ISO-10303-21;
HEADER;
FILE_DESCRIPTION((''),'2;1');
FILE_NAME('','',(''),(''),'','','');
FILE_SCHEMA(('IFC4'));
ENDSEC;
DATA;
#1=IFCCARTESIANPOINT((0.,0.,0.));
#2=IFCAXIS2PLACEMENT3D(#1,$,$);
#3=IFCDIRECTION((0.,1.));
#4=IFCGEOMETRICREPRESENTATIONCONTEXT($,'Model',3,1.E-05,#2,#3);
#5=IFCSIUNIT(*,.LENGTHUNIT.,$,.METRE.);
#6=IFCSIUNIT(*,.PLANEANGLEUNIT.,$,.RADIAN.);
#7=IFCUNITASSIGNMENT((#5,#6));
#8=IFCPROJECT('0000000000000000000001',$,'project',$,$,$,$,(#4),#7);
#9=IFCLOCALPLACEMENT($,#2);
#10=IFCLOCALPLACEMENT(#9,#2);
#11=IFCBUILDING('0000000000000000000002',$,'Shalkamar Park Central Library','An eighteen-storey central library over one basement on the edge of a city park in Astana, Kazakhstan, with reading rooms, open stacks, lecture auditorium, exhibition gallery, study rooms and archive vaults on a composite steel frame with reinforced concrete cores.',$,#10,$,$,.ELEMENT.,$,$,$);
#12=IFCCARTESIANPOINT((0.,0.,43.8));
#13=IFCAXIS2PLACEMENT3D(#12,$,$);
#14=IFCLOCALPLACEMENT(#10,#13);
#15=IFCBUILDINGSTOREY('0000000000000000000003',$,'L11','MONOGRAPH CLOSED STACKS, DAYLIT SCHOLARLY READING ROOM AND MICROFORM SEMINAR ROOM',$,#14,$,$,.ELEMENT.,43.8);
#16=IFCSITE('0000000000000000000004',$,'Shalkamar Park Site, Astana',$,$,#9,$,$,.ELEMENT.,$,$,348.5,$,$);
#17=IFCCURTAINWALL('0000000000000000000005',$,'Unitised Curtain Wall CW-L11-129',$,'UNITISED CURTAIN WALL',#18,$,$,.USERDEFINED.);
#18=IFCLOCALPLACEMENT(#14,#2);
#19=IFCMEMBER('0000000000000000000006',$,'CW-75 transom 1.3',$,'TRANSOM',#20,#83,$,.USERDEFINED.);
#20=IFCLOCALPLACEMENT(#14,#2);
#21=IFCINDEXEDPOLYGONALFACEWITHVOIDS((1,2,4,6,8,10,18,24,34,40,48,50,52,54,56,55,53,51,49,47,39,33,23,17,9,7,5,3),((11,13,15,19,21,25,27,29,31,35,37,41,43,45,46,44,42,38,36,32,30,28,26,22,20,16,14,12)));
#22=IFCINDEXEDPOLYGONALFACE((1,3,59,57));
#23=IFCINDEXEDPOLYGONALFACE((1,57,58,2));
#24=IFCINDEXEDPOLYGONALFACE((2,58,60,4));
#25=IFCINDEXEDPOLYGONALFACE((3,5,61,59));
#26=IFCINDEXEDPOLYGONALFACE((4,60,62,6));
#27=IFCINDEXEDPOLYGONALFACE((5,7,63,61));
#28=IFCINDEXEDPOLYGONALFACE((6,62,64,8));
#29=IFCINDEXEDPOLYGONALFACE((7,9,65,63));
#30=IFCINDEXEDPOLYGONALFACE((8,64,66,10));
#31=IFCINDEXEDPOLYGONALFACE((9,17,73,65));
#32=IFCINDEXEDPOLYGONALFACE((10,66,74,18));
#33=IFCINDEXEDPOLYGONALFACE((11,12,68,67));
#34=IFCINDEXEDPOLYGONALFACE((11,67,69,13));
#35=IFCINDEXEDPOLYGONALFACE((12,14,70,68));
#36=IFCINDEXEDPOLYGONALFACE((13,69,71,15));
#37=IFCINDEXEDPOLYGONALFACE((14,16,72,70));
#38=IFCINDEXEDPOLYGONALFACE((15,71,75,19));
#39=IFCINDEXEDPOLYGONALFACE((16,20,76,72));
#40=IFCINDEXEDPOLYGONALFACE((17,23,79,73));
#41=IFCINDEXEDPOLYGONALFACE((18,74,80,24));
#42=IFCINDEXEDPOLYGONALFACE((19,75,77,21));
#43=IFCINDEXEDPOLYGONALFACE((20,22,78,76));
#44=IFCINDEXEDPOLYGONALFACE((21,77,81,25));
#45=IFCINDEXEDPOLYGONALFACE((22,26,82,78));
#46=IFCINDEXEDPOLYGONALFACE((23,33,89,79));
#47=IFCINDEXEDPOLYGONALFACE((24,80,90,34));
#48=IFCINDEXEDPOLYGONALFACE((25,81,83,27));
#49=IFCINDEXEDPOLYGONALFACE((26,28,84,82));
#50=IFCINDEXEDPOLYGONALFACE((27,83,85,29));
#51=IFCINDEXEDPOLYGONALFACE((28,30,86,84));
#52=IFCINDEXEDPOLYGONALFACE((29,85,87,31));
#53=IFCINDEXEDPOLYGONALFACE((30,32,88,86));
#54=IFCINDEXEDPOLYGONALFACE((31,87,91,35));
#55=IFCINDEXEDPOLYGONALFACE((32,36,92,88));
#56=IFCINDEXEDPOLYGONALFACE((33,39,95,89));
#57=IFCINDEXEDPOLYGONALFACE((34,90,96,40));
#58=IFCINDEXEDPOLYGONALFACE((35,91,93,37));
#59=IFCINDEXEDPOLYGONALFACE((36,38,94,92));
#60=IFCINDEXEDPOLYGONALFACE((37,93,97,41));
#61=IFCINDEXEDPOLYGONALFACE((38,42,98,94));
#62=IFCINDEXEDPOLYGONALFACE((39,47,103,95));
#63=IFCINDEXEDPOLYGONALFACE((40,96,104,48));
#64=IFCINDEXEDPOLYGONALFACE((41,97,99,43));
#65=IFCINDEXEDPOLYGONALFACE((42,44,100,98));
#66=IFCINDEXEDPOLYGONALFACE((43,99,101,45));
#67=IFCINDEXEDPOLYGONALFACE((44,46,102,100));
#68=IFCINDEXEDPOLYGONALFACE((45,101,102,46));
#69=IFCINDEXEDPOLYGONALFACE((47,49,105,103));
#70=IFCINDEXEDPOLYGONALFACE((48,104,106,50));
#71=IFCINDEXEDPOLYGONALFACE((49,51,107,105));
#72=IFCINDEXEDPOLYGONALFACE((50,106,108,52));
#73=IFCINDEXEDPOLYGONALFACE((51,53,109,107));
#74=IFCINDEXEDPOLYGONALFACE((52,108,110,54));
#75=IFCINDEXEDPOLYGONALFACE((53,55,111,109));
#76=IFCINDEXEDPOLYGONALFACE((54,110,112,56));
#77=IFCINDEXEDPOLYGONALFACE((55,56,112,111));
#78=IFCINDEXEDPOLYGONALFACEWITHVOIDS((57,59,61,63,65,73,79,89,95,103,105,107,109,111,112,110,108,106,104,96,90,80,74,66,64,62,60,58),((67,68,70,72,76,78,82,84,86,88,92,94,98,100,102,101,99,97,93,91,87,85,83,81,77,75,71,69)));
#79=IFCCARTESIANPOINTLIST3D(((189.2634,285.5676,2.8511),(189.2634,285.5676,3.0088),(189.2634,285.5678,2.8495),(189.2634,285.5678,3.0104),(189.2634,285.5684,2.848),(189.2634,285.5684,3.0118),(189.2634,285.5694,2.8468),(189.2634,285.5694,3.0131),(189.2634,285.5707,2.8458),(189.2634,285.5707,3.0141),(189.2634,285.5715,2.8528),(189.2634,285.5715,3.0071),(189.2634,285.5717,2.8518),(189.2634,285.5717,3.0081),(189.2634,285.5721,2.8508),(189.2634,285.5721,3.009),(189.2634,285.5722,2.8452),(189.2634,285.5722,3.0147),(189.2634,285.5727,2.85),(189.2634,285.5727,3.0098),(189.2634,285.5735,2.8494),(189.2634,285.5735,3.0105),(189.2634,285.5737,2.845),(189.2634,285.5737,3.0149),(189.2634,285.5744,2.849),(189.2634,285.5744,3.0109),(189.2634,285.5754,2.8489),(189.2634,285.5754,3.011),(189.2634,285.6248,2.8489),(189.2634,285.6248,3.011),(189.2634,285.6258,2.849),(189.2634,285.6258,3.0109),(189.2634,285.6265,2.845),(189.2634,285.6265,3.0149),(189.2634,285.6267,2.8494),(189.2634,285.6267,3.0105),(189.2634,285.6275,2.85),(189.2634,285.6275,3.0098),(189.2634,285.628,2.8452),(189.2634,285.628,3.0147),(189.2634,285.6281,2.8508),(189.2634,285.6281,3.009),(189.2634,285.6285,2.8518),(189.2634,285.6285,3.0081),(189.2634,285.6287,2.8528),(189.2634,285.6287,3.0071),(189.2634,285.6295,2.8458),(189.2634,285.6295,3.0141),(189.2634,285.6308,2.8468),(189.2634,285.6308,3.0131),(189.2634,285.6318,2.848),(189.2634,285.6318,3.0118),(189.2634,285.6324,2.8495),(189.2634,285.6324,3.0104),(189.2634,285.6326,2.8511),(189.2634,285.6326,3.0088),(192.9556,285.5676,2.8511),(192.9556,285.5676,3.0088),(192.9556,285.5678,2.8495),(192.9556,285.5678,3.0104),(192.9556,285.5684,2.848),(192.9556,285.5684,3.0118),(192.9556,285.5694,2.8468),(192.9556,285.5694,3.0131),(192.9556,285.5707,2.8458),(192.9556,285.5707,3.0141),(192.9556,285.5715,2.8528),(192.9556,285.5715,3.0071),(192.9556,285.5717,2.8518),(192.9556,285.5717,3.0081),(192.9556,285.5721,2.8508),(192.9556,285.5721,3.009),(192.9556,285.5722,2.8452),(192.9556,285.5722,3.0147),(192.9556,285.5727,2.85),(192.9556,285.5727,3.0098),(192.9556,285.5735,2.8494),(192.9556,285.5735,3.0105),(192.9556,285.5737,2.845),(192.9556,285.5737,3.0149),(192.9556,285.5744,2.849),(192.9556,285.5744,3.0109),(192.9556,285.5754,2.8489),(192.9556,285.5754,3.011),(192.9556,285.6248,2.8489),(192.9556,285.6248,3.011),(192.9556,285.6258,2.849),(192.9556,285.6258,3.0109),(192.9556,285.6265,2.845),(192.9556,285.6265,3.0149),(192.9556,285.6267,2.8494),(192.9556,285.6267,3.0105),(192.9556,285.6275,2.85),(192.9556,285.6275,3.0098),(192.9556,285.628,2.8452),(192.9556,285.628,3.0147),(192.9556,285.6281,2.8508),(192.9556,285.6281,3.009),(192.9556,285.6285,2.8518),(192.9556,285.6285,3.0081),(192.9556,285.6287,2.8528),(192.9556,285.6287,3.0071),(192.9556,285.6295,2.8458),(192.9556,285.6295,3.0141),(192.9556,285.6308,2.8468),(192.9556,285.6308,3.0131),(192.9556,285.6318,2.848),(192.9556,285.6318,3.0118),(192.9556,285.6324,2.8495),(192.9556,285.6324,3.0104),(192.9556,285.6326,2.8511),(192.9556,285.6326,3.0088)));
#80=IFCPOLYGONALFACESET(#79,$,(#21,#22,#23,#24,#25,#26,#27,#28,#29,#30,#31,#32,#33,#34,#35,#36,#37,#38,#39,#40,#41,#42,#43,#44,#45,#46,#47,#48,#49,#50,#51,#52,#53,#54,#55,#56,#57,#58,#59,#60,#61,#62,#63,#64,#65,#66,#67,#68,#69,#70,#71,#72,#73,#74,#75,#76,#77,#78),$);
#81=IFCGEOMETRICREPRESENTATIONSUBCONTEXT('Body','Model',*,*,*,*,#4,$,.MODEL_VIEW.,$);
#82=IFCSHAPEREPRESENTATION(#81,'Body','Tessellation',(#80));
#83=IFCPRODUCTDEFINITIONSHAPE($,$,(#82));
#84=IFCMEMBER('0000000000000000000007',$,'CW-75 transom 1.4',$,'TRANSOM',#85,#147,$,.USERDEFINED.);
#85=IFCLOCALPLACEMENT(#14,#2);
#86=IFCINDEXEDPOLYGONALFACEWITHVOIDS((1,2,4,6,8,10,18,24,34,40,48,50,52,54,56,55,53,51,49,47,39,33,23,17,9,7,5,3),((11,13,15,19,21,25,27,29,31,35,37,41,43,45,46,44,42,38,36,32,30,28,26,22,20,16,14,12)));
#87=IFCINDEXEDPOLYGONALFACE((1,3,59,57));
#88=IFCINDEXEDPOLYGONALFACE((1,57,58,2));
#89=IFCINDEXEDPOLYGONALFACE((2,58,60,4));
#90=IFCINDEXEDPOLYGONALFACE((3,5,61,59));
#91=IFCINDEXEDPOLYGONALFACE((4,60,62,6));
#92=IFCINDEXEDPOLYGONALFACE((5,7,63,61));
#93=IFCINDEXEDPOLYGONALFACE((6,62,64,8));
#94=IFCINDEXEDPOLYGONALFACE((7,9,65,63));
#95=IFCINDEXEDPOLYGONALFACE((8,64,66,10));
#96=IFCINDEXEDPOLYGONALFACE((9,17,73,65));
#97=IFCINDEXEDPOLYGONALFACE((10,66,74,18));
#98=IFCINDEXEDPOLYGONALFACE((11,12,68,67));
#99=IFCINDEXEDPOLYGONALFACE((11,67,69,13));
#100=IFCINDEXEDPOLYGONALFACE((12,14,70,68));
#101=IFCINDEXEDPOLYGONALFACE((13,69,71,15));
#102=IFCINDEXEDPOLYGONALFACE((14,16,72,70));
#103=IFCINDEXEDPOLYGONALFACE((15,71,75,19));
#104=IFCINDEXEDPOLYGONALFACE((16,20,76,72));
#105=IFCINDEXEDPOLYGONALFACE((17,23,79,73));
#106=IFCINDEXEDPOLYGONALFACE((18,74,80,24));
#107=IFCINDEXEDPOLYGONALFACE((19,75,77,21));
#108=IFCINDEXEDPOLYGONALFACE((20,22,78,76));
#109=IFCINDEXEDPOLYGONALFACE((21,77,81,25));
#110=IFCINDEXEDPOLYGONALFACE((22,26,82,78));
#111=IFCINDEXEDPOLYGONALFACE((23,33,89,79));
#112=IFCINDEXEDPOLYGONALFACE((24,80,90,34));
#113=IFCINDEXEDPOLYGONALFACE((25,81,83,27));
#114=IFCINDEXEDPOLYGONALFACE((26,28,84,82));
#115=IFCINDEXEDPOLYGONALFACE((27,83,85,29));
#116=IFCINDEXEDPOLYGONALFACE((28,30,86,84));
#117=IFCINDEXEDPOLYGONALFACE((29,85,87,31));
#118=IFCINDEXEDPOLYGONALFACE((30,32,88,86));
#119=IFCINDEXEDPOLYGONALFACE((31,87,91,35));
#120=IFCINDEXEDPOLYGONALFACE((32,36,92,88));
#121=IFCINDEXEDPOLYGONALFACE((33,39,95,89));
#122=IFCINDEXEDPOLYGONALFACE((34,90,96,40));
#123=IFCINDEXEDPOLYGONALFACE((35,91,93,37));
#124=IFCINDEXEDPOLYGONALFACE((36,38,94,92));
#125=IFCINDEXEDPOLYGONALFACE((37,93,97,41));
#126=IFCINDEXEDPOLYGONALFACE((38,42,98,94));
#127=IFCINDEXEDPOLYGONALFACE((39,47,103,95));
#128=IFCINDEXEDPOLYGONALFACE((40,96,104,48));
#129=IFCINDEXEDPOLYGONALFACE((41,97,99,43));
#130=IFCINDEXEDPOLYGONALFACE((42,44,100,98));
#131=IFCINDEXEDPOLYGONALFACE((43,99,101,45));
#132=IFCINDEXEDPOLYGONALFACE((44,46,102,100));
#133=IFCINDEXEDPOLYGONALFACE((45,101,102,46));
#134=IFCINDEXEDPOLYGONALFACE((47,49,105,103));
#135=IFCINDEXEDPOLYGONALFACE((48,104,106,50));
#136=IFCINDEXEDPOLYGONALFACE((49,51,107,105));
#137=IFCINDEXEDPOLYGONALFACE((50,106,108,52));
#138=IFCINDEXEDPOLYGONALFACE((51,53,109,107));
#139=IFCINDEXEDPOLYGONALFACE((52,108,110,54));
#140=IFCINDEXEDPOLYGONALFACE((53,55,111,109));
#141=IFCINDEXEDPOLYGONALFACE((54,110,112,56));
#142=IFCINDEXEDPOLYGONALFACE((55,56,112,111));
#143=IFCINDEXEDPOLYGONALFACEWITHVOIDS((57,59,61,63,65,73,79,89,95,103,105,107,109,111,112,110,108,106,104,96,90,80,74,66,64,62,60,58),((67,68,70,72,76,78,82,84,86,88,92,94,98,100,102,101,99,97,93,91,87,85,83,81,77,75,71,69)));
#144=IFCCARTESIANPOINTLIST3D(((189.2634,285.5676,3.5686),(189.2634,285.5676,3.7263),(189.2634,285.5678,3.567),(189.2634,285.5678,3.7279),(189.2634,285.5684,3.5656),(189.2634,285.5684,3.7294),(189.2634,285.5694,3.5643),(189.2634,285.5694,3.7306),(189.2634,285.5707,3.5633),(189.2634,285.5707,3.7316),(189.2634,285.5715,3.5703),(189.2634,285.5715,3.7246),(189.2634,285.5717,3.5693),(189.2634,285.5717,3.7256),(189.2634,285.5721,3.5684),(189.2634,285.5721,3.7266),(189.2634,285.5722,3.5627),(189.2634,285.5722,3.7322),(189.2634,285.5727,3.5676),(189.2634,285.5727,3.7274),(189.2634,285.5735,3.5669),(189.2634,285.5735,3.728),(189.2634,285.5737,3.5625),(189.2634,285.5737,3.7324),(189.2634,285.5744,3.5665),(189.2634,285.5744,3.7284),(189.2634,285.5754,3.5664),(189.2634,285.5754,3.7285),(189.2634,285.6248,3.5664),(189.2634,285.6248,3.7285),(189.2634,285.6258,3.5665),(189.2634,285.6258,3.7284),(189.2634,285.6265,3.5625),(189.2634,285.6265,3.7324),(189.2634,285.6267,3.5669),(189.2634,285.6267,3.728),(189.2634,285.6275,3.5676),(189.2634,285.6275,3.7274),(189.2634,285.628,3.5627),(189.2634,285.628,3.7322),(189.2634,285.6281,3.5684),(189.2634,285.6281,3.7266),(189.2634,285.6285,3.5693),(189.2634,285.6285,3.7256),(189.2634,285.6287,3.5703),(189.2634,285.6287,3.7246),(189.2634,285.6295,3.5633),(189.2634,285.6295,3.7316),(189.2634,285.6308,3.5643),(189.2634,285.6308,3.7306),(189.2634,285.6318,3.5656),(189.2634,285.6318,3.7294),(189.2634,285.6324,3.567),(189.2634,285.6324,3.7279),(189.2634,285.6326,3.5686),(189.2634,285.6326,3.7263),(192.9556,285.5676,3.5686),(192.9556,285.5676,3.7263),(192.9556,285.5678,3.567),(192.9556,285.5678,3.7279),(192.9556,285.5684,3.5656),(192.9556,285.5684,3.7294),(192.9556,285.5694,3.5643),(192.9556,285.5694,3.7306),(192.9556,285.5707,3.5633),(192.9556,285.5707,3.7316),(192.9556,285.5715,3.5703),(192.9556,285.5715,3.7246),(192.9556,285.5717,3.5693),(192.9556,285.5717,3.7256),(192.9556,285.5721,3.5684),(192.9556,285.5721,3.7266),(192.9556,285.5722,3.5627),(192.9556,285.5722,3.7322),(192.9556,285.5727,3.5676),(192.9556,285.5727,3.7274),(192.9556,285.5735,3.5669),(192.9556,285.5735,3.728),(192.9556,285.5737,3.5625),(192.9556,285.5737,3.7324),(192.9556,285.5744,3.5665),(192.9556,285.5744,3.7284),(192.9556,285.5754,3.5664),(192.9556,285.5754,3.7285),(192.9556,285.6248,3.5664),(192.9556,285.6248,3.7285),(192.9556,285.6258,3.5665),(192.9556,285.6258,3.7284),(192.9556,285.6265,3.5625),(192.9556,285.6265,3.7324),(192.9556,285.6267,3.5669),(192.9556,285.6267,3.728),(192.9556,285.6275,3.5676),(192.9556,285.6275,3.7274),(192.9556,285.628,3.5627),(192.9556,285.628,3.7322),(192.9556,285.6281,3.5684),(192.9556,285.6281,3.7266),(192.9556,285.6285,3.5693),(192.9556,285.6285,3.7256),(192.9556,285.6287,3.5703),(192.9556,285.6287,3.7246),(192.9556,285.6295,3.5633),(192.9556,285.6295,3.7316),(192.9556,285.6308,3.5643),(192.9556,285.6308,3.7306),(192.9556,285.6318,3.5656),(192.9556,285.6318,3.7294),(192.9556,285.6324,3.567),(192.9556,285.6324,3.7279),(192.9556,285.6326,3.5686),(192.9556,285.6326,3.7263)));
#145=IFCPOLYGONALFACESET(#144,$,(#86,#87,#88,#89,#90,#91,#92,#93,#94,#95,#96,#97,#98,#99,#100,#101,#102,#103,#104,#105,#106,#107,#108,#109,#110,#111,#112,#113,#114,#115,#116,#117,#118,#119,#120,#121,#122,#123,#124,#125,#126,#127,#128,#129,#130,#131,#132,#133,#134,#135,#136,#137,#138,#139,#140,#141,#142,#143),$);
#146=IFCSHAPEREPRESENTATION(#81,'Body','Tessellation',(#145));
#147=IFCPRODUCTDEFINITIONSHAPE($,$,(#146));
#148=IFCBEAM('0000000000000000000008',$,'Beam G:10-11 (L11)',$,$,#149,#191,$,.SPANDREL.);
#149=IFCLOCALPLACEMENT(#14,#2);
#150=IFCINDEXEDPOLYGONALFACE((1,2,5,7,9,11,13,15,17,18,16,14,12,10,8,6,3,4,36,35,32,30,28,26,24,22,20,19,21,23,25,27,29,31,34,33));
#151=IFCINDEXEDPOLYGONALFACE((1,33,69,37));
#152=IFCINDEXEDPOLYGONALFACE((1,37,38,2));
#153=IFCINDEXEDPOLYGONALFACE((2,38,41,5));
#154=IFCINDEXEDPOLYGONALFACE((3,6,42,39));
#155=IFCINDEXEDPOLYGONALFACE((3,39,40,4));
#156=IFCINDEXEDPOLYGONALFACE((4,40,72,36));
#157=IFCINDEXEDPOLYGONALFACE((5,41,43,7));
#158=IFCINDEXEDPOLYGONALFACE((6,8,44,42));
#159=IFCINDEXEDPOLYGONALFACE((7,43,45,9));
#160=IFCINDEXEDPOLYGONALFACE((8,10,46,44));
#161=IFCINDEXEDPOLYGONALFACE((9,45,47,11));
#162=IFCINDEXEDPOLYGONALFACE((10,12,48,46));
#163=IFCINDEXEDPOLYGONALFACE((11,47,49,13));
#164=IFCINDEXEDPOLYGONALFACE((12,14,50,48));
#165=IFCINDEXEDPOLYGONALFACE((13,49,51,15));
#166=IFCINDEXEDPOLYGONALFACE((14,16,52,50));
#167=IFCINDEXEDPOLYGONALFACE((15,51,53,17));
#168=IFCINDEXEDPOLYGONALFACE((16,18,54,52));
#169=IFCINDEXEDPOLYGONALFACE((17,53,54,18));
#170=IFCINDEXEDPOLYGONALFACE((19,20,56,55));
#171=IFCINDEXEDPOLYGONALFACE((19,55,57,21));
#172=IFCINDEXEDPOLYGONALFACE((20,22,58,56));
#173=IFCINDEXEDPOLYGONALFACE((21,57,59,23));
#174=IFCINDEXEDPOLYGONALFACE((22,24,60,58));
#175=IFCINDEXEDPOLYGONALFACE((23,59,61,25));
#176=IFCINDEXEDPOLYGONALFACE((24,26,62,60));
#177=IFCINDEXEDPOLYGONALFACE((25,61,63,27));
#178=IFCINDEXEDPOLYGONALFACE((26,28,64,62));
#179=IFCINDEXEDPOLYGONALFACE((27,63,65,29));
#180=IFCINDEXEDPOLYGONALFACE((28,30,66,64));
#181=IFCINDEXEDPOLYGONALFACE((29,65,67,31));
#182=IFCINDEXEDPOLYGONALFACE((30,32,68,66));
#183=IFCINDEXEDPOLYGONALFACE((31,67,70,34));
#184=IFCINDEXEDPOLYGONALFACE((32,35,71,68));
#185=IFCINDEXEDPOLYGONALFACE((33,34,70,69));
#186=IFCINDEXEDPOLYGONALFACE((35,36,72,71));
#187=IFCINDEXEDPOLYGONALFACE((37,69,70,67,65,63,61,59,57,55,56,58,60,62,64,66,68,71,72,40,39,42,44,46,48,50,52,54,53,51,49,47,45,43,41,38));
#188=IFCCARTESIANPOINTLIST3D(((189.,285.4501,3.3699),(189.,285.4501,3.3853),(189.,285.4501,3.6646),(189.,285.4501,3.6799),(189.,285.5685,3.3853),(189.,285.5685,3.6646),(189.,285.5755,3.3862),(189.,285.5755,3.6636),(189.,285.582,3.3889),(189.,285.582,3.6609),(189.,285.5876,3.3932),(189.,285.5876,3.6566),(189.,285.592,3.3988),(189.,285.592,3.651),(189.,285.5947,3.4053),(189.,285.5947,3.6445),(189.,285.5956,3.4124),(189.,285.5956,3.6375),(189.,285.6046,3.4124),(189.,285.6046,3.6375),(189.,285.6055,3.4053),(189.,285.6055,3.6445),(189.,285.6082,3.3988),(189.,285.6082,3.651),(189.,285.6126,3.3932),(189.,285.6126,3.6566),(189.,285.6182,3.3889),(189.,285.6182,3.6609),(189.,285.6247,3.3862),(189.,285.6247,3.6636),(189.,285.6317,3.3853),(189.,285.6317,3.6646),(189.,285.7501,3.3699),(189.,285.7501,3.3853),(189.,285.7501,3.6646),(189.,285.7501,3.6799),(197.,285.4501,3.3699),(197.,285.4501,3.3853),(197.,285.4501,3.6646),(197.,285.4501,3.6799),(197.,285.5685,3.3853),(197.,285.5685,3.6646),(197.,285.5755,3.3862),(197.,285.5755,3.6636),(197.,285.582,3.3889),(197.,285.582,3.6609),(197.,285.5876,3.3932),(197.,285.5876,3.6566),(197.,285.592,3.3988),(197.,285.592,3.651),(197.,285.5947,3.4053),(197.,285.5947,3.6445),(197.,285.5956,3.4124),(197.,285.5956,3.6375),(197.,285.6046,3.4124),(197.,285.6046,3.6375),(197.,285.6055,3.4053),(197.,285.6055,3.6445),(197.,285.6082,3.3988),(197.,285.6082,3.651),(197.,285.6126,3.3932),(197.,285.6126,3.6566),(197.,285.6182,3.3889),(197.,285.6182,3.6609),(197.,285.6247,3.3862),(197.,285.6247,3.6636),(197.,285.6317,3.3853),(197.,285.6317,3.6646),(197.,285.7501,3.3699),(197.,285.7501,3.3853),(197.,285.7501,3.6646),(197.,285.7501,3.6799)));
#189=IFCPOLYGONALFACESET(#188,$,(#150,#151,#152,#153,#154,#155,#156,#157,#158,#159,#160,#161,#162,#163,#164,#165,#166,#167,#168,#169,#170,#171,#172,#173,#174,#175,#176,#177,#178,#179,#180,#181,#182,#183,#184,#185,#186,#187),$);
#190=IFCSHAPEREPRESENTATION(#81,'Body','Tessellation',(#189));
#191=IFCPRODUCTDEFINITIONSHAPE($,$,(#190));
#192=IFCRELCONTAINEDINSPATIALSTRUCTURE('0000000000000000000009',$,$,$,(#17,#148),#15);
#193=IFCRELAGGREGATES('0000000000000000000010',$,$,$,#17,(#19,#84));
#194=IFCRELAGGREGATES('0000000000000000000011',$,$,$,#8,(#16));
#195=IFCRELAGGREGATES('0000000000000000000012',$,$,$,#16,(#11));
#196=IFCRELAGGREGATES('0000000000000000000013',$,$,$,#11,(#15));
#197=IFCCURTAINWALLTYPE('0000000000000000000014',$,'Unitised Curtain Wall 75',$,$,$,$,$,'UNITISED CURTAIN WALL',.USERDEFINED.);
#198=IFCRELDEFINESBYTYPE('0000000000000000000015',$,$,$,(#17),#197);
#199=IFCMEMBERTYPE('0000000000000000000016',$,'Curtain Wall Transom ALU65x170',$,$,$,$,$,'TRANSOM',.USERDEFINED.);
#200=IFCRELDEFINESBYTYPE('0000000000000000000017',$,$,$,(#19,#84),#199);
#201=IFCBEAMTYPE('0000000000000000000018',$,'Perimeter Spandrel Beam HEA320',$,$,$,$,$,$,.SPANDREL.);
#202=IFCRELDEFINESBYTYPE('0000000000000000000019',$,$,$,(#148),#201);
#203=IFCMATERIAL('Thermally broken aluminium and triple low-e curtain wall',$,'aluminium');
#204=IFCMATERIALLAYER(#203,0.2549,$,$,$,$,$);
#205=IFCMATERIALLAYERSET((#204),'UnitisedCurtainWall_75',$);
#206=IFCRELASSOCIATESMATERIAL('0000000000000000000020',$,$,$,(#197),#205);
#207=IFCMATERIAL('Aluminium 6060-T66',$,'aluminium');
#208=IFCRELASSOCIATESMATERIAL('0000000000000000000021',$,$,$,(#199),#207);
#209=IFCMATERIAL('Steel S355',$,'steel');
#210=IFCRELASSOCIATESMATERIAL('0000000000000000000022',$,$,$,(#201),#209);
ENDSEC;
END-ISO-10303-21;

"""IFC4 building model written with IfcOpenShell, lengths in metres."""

from ifc_helpers import new_model, si_unit, direction, frame, origin, origin_2d, place, context, subcontext, project, spatial, hollow_rectangle, i_section, extrude, material, layer, layer_set, material_profile, profile_set, type_object, element, aggregate, save


model = new_model("IFC4")

# Units and contexts
model_context = context("Model", 3, precision=1e-05, world=origin(), true_north=direction((0.0, 1.0)))
body_context = subcontext(model_context, "Body", "Model", "MODEL_VIEW")
ifc_project = project(units=[si_unit("LENGTHUNIT", "METRE"), si_unit("PLANEANGLEUNIT", "RADIAN")], contexts=[model_context])

# Site, building, storey
site_placement = place(None, origin())
site = spatial("IfcSite", under=ifc_project, at=site_placement, Name="Shalkamar Park Site, Astana", CompositionType="ELEMENT", RefElevation=348.5)
building_placement = place(site_placement, origin())
building = spatial("IfcBuilding", under=site, at=building_placement, Name="Shalkamar Park Central Library", Description="An eighteen-storey central library over one basement on the edge of a city park in Astana, Kazakhstan, with reading rooms, open stacks, lecture auditorium, exhibition gallery, study rooms and archive vaults on a composite steel frame with reinforced concrete cores.", CompositionType="ELEMENT")
storey_placement = place(building_placement, frame((0.0, 0.0, 43.8)))
storey = spatial("IfcBuildingStorey", under=building, at=storey_placement, Name="L11", Description="MONOGRAPH CLOSED STACKS, DAYLIT SCHOLARLY READING ROOM AND MICROFORM SEMINAR ROOM", CompositionType="ELEMENT", Elevation=43.8)

# Shared definitions
ifc_material_1 = material(Name="Steel S355", Category="steel")

# Curtain wall
ifc_material_2 = material(Name="Thermally broken aluminium and triple low-e curtain wall", Category="aluminium")
ifc_material_3 = material(Name="Aluminium 6060-T66", Category="aluminium")
ifc_layer_1 = layer(ifc_material_2, 0.2549)
ifc_layer_set_1 = layer_set([ifc_layer_1], Name="UnitisedCurtainWall_75")
curtain_wall_type_1 = type_object("IfcCurtainWallType", Name="Unitised Curtain Wall 75", ElementType="UNITISED CURTAIN WALL", PredefinedType="USERDEFINED", material=ifc_layer_set_1)
curtain_wall_1_placement = place(storey_placement, origin())
curtain_wall_1 = element("IfcCurtainWall", 1, at=curtain_wall_1_placement, inside=storey, type_object=curtain_wall_type_1, Name="Unitised Curtain Wall CW-L11-129", ObjectType="UNITISED CURTAIN WALL", PredefinedType="USERDEFINED")

# Members
ifc_material_profile_1 = material_profile(ifc_material_3, hollow_rectangle(XDim=0.0649, YDim=0.1699, WallThickness=0.0039, InnerFilletRadius=0.0039, OuterFilletRadius=0.0061, at=origin_2d()), Name="ALU 65x170x4")
ifc_profile_set_1 = profile_set([ifc_material_profile_1], Name="Aluminium 6060-T66")
member_type_1 = type_object("IfcMemberType", Name="Curtain Wall Transom ALU65x170", ElementType="TRANSOM", PredefinedType="USERDEFINED", material=ifc_profile_set_1)
member_1_placement = place(storey_placement, frame((189.2634, 285.6001, 2.9299), z_axis=(1.0, 0.0, 0.0), x_axis=(0.0, 1.0, 0.0)))
member_1 = element("IfcMember", 2, at=member_1_placement, type_object=member_type_1, Name="CW-75 transom 1.3", ObjectType="TRANSOM", PredefinedType="USERDEFINED", context=body_context, shape_type="SweptSolid", body=[
    extrude(hollow_rectangle(XDim=0.0649, YDim=0.1699, WallThickness=0.0039, InnerFilletRadius=0.0039, OuterFilletRadius=0.0061, at=origin_2d()), origin(), (0.0, 0.0, 1.0), 3.6921),
])
member_2_placement = place(storey_placement, frame((189.2634, 285.6001, 3.6475), z_axis=(1.0, 0.0, 0.0), x_axis=(0.0, 1.0, 0.0)))
member_2 = element("IfcMember", 3, at=member_2_placement, type_object=member_type_1, Name="CW-75 transom 1.4", ObjectType="TRANSOM", PredefinedType="USERDEFINED", context=body_context, shape_type="SweptSolid", body=[
    extrude(hollow_rectangle(XDim=0.0649, YDim=0.1699, WallThickness=0.0039, InnerFilletRadius=0.0039, OuterFilletRadius=0.0061, at=origin_2d()), origin(), (0.0, 0.0, 1.0), 3.6921),
])

# Beam
ifc_material_profile_2 = material_profile(ifc_material_1, i_section(OverallWidth=0.3, OverallDepth=0.3101, WebThickness=0.009, FlangeThickness=0.0154, FilletRadius=0.0271, at=origin_2d()), Name="HEA 320")
ifc_profile_set_2 = profile_set([ifc_material_profile_2], Name="Steel S355")
beam_type_1 = type_object("IfcBeamType", Name="Perimeter Spandrel Beam HEA320", PredefinedType="SPANDREL", material=ifc_profile_set_2)
beam_1_placement = place(storey_placement, frame((189.0, 285.6001, 3.5249), z_axis=(1.0, 0.0, 0.0), x_axis=(0.0, 1.0, 0.0)))
element("IfcBeam", 4, at=beam_1_placement, inside=storey, type_object=beam_type_1, Name="Beam G:10-11 (L11)", PredefinedType="SPANDREL", context=body_context, shape_type="SweptSolid", body=[
    extrude(i_section(OverallWidth=0.3, OverallDepth=0.3101, WebThickness=0.009, FlangeThickness=0.0154, FilletRadius=0.0271, at=origin_2d()), origin(), (0.0, 0.0, 1.0), 8.0),
])

aggregate(curtain_wall_1, [member_1, member_2])

save(model, "model.ifc")
